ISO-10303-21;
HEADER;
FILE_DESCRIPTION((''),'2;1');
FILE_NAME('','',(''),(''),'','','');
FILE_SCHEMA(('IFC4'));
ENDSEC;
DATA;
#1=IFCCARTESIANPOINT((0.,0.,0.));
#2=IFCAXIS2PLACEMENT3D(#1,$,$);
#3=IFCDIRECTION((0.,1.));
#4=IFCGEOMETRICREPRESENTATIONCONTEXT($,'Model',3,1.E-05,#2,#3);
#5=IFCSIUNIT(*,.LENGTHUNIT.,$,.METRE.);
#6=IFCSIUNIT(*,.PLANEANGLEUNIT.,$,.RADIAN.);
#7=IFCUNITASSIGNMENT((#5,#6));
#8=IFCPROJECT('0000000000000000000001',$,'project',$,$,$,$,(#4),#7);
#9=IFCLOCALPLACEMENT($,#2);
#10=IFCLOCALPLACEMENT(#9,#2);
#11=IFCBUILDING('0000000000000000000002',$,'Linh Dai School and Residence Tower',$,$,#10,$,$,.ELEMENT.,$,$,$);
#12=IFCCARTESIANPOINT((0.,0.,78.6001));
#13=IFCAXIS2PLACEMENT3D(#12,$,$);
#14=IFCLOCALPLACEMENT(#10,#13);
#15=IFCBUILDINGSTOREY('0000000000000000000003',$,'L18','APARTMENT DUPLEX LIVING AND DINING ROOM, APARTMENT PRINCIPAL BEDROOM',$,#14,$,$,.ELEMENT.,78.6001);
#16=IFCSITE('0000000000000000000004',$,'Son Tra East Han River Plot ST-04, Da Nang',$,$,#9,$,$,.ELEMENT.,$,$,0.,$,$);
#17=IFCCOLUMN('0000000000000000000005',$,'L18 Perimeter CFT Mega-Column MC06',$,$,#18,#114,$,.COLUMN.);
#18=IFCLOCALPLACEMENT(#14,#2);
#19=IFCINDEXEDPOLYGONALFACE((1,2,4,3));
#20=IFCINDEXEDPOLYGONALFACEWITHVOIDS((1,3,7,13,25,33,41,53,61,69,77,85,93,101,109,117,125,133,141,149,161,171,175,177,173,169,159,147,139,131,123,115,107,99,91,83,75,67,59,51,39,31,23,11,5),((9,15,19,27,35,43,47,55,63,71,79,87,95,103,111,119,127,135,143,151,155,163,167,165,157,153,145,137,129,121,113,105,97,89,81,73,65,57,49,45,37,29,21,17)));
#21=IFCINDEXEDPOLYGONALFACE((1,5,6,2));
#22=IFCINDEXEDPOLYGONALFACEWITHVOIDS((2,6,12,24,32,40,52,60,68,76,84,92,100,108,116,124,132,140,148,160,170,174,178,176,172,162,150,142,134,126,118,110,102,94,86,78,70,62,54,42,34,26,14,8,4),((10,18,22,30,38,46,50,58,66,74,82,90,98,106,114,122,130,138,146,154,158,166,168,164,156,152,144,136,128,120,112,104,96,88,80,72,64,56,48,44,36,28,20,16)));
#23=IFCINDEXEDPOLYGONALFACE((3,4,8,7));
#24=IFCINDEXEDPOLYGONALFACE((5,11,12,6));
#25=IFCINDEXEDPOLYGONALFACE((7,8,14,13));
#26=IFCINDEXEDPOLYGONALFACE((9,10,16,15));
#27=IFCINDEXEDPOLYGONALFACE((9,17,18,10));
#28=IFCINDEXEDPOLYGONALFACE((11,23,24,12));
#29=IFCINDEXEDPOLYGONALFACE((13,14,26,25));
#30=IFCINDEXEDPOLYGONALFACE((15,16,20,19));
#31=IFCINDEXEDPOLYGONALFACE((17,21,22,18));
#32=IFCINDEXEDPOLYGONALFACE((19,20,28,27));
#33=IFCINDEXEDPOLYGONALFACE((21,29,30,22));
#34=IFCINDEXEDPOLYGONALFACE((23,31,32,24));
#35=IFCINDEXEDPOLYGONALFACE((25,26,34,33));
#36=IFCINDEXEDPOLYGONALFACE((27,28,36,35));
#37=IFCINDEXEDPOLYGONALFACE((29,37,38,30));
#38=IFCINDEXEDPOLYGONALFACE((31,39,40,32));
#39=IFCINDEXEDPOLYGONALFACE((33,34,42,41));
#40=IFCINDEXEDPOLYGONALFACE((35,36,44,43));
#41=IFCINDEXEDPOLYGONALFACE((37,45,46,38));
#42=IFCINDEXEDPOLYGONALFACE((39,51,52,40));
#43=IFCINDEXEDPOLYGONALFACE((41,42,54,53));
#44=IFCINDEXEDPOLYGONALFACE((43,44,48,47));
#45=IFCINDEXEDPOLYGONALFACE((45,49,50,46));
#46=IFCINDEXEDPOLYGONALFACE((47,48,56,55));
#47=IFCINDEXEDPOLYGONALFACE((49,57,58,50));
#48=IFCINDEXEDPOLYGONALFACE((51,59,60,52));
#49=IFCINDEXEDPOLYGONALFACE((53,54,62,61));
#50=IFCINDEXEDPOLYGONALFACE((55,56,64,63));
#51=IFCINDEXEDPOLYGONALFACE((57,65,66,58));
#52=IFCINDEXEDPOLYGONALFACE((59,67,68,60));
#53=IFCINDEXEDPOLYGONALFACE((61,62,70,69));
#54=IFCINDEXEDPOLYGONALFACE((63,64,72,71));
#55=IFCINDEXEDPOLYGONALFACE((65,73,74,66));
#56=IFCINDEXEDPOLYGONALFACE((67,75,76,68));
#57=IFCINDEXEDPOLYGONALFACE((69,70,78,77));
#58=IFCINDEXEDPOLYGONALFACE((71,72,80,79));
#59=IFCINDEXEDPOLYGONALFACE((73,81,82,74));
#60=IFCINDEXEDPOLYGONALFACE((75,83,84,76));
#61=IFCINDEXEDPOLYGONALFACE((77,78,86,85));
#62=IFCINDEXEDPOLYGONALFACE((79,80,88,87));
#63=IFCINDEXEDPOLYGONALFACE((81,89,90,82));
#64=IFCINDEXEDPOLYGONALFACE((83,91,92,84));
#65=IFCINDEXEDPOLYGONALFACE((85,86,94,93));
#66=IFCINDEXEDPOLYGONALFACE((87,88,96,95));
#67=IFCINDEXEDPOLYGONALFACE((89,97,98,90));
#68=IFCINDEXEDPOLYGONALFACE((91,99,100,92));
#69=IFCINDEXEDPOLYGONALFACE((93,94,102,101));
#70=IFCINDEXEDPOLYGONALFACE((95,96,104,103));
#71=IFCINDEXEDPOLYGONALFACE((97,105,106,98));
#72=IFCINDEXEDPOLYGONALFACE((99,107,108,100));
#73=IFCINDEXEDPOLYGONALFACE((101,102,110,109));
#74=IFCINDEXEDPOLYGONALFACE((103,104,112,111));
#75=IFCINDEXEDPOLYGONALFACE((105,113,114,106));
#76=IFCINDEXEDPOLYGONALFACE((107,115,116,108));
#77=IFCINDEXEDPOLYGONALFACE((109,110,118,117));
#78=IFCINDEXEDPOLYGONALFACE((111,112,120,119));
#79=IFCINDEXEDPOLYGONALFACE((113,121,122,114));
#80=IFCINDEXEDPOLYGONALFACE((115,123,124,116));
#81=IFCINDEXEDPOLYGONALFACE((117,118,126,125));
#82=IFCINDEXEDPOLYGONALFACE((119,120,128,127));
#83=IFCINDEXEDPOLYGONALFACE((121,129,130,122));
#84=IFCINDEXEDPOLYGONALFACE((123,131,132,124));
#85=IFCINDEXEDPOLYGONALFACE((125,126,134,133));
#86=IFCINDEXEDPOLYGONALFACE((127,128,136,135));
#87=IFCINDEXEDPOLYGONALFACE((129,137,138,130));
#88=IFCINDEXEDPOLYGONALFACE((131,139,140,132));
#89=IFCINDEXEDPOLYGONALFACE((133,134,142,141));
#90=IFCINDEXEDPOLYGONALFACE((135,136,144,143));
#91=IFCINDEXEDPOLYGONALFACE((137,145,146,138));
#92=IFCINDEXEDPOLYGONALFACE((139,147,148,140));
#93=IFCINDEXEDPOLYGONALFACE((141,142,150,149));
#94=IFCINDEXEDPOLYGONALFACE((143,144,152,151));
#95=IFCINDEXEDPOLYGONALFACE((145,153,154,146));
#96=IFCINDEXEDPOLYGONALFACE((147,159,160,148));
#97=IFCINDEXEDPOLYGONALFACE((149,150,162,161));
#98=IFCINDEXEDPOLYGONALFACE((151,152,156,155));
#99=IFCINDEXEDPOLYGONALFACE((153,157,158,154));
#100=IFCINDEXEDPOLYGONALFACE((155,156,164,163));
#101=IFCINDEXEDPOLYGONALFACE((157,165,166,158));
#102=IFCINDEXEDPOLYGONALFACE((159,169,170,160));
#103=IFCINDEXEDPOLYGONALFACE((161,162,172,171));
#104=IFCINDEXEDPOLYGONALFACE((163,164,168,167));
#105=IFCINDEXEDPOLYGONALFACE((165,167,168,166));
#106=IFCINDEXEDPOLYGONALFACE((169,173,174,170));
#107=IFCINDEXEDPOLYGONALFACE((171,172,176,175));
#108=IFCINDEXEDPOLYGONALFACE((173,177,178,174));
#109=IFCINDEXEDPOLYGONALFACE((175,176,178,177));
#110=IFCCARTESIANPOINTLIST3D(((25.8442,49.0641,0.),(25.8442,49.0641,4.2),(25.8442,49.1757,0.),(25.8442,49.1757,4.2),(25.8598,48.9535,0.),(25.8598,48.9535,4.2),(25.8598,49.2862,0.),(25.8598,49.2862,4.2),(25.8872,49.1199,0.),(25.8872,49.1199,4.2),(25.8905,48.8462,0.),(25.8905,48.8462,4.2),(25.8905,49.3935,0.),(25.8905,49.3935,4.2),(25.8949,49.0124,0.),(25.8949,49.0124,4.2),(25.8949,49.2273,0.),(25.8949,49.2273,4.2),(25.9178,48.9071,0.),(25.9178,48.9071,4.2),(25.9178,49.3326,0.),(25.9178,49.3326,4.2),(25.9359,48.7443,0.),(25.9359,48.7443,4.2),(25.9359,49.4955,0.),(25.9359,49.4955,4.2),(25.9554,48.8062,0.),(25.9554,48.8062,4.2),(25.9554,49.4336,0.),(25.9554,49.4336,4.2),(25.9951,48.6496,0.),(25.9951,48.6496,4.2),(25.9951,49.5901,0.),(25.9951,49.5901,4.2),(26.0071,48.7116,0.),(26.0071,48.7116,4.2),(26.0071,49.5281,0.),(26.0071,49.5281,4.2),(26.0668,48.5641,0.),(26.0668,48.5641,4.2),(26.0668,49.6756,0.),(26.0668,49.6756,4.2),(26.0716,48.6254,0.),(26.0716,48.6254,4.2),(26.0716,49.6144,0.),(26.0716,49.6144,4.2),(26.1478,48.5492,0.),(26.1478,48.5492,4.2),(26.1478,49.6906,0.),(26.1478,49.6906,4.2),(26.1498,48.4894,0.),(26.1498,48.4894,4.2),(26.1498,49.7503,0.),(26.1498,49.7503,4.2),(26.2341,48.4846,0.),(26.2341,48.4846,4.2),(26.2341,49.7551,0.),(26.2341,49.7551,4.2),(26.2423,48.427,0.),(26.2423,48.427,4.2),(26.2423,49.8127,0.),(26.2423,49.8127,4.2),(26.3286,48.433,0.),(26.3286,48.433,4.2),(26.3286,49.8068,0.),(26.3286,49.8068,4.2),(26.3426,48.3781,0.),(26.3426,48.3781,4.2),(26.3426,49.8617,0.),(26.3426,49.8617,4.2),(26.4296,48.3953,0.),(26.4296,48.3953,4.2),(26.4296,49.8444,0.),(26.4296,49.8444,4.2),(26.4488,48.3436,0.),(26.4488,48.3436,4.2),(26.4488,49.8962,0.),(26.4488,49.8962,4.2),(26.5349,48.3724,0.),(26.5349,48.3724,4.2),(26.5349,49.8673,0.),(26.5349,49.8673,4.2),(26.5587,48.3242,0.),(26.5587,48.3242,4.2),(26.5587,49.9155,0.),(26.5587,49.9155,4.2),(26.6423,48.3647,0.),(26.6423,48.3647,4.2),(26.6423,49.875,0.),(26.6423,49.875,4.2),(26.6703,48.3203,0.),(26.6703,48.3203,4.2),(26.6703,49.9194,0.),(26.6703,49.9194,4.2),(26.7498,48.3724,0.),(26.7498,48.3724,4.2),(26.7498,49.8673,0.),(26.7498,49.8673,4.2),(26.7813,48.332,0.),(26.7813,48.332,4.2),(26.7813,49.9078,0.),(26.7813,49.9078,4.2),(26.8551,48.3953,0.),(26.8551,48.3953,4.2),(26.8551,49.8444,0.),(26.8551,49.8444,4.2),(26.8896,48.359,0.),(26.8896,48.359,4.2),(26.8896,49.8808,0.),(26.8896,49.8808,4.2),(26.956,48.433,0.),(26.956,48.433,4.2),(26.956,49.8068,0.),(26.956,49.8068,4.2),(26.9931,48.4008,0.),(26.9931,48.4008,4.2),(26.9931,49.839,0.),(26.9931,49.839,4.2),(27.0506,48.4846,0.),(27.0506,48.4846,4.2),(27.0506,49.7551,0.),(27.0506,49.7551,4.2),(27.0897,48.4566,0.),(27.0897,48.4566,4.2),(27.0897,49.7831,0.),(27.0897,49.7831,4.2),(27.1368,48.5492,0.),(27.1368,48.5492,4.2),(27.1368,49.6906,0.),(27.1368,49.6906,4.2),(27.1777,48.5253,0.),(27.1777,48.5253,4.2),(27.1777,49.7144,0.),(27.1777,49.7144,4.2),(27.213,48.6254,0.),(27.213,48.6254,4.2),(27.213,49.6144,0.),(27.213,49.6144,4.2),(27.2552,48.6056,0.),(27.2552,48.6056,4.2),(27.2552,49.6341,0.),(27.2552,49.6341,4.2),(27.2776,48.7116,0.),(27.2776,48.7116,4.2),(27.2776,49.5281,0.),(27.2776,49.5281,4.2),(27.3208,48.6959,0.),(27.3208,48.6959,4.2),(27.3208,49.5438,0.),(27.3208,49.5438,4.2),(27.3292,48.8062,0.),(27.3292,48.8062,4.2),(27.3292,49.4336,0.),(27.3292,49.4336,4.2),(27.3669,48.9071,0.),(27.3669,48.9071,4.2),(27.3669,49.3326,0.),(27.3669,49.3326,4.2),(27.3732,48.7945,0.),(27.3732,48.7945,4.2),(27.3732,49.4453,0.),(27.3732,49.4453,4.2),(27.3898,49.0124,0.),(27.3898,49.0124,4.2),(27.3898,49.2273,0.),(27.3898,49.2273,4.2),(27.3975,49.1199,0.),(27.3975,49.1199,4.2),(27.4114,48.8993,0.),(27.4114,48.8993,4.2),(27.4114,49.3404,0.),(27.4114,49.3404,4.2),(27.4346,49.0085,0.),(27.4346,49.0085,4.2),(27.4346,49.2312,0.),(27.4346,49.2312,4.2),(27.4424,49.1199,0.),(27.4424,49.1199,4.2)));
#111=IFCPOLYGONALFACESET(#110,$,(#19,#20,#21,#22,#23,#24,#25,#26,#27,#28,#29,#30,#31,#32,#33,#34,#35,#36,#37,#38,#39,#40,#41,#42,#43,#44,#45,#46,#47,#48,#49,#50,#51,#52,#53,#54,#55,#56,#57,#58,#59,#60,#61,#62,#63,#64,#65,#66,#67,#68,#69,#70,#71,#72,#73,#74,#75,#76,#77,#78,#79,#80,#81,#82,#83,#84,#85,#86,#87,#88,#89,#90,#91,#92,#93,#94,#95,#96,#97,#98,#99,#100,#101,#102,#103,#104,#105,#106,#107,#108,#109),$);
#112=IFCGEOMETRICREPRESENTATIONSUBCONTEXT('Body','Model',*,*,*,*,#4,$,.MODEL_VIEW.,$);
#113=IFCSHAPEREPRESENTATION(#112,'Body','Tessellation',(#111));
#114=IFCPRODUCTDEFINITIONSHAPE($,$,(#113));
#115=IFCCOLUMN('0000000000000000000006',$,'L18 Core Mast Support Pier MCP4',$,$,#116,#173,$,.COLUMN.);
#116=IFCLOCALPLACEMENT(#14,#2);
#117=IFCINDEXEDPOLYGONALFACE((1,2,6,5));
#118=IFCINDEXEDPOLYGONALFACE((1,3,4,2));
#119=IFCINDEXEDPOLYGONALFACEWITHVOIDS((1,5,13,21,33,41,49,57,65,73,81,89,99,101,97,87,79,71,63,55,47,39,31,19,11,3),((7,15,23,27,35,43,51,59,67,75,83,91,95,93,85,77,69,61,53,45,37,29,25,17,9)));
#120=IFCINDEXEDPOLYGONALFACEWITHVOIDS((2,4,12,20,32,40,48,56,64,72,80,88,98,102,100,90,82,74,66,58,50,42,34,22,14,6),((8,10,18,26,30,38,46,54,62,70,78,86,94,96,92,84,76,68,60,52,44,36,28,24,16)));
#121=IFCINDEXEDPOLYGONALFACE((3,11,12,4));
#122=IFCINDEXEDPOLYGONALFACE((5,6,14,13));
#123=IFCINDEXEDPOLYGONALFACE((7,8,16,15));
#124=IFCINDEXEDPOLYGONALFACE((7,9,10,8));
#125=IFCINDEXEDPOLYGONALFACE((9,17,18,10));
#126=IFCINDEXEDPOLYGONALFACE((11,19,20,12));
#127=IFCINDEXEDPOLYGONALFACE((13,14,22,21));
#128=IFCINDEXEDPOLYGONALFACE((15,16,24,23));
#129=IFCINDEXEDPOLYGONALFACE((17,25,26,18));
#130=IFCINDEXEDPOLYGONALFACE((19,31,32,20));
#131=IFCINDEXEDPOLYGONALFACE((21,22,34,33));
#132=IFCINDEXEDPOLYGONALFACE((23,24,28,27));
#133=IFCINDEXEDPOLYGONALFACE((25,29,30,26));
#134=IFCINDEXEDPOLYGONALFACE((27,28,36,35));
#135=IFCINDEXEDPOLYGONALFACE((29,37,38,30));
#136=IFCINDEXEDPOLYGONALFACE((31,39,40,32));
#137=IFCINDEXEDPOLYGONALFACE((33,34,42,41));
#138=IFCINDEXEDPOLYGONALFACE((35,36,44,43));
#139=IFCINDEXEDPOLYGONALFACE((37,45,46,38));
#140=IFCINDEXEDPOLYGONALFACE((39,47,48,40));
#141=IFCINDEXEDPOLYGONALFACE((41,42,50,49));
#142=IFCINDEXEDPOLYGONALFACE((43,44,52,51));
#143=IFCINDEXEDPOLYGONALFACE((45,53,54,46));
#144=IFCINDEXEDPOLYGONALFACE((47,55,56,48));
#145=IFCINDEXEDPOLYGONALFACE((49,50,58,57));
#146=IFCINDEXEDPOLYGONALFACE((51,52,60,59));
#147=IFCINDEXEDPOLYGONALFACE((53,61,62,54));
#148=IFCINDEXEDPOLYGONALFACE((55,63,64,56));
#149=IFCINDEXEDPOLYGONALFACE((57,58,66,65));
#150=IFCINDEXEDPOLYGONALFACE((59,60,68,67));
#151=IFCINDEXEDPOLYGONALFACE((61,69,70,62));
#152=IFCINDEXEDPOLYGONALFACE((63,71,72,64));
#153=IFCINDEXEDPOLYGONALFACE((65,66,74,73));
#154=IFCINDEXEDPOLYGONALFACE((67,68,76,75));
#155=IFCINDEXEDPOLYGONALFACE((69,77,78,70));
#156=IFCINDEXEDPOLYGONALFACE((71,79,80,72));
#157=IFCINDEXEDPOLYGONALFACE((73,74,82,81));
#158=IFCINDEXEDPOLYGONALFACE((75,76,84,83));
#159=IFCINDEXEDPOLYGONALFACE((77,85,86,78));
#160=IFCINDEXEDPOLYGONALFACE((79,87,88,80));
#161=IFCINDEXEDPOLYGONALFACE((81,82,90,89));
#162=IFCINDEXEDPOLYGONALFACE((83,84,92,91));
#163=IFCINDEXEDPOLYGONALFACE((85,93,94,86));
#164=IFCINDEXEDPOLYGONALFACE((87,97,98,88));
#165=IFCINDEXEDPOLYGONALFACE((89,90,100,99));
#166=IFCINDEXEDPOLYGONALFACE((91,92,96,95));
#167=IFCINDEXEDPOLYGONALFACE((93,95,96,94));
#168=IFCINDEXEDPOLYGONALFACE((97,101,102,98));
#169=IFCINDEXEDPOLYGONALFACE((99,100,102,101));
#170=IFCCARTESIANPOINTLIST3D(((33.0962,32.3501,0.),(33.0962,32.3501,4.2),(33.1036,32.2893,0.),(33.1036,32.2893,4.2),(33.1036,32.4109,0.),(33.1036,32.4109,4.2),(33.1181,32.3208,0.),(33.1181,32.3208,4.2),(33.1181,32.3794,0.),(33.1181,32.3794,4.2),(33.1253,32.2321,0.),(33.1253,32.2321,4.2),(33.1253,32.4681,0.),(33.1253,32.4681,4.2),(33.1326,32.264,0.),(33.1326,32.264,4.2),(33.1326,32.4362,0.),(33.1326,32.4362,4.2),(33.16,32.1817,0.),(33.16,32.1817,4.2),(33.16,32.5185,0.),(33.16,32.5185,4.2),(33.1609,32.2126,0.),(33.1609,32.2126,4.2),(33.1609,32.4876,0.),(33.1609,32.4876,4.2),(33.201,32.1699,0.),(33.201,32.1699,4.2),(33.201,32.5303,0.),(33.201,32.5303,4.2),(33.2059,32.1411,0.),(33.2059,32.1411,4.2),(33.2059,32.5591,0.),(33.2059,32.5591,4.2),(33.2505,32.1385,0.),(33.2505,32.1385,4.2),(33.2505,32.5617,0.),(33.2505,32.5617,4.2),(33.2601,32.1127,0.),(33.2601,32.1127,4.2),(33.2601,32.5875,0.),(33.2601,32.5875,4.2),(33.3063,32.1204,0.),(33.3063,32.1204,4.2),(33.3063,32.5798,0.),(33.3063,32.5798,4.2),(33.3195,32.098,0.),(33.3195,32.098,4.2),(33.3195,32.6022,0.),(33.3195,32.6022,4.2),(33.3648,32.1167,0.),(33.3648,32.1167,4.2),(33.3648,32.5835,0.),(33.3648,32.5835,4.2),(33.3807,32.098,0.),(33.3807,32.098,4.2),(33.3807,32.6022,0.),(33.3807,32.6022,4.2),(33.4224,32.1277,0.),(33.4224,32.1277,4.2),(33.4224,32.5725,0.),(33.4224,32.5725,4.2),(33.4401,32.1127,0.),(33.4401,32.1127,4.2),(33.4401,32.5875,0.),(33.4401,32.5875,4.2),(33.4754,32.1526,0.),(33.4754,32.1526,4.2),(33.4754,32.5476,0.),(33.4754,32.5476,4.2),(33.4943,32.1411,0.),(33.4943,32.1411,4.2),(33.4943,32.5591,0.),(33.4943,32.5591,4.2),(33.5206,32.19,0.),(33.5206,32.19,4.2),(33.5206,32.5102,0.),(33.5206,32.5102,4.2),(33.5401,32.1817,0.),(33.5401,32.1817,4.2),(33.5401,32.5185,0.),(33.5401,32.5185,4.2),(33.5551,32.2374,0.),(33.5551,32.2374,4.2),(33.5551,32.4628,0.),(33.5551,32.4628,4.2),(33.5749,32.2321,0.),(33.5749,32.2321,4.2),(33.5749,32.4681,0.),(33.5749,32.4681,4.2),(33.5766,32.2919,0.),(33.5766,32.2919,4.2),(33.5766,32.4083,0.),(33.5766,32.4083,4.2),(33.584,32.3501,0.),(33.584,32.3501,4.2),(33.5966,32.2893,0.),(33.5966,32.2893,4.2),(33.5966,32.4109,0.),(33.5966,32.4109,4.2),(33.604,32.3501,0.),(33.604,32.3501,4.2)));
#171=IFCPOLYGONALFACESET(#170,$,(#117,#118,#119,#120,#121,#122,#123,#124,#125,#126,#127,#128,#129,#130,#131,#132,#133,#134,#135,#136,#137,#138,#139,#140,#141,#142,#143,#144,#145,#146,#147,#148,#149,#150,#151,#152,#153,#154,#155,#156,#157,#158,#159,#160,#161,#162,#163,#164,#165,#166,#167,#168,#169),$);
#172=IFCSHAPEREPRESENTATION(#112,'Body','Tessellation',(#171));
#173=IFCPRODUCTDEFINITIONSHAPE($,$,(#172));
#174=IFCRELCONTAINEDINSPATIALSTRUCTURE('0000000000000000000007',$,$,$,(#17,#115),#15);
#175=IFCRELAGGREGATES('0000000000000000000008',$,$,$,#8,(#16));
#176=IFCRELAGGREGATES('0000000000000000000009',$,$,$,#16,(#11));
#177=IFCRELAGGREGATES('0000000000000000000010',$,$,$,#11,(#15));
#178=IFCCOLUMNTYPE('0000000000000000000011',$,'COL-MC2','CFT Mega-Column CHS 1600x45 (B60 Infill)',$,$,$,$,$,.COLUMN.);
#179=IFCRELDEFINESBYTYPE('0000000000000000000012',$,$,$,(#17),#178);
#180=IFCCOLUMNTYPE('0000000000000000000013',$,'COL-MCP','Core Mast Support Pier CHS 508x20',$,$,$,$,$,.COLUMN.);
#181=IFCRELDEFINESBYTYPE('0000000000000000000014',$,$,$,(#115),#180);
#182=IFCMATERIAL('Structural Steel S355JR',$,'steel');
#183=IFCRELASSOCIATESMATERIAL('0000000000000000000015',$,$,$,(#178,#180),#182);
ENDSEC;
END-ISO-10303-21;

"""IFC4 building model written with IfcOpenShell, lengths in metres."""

from ifc_helpers import new_model, si_unit, direction, frame, origin, origin_2d, place, context, subcontext, project, spatial, hollow_circle, extrude, material, material_profile, profile_set, type_object, element, save


model = new_model("IFC4")

# Units and contexts
model_context = context("Model", 3, precision=1e-05, world=origin(), true_north=direction((0.0, 1.0)))
body_context = subcontext(model_context, "Body", "Model", "MODEL_VIEW")
ifc_project = project(units=[si_unit("LENGTHUNIT", "METRE"), si_unit("PLANEANGLEUNIT", "RADIAN")], contexts=[model_context])

# Site, building, storey
site_placement = place(None, origin())
site = spatial("IfcSite", under=ifc_project, at=site_placement, Name="Son Tra East Han River Plot ST-04, Da Nang", CompositionType="ELEMENT", RefElevation=0.0)
building_placement = place(site_placement, origin())
building = spatial("IfcBuilding", under=site, at=building_placement, Name="Linh Dai School and Residence Tower", CompositionType="ELEMENT")
storey_placement = place(building_placement, frame((0.0, 0.0, 78.6001)))
storey = spatial("IfcBuildingStorey", under=building, at=storey_placement, Name="L18", Description="APARTMENT DUPLEX LIVING AND DINING ROOM, APARTMENT PRINCIPAL BEDROOM", CompositionType="ELEMENT", Elevation=78.6001)

# Columns
ifc_material_1 = material(Name="Structural Steel S355JR", Category="steel")
ifc_material_profile_1 = material_profile(ifc_material_1, hollow_circle(Radius=0.8, WallThickness=0.0449, at=origin_2d()), Name="CHS 1600x45")
ifc_profile_set_1 = profile_set([ifc_material_profile_1], Name="Structural Steel S355JR")
column_type_1 = type_object("IfcColumnType", Name="COL-MC2", Description="CFT Mega-Column CHS 1600x45 (B60 Infill)", PredefinedType="COLUMN", material=ifc_profile_set_1)
for number, where, z_axis, x_axis, name in (
    (1, (26.6423, 49.1199, 0.0), (0.0, 0.0, 1.0), (1.0, 0.0, 0.0), "L18 Perimeter CFT Mega-Column MC06"),
):
    element("IfcColumn", number, at=place(storey_placement, frame(where, z_axis=z_axis, x_axis=x_axis)), inside=storey, type_object=column_type_1, Name=name, PredefinedType="COLUMN", context=body_context, shape_type="SweptSolid", body=[
        extrude(hollow_circle(Radius=0.8, WallThickness=0.0449, at=origin_2d()), origin(), (0.0, 0.0, 1.0), 4.2),
    ])
ifc_material_profile_2 = material_profile(ifc_material_1, hollow_circle(Radius=0.2539, WallThickness=0.02, at=origin_2d()), Name="CHS 508x20")
ifc_profile_set_2 = profile_set([ifc_material_profile_2], Name="Structural Steel S355JR")
column_type_2 = type_object("IfcColumnType", Name="COL-MCP", Description="Core Mast Support Pier CHS 508x20", PredefinedType="COLUMN", material=ifc_profile_set_2)
column_placement = place(storey_placement, frame((33.3501, 32.3501, 0.0), z_axis=(0.0, 0.0, 1.0), x_axis=(1.0, 0.0, 0.0)))
element("IfcColumn", 2, at=column_placement, inside=storey, type_object=column_type_2, Name="L18 Core Mast Support Pier MCP4", PredefinedType="COLUMN", context=body_context, shape_type="SweptSolid", body=[
    extrude(hollow_circle(Radius=0.2539, WallThickness=0.02, at=origin_2d()), origin(), (0.0, 0.0, 1.0), 4.2),
])

save(model, "model.ifc")
